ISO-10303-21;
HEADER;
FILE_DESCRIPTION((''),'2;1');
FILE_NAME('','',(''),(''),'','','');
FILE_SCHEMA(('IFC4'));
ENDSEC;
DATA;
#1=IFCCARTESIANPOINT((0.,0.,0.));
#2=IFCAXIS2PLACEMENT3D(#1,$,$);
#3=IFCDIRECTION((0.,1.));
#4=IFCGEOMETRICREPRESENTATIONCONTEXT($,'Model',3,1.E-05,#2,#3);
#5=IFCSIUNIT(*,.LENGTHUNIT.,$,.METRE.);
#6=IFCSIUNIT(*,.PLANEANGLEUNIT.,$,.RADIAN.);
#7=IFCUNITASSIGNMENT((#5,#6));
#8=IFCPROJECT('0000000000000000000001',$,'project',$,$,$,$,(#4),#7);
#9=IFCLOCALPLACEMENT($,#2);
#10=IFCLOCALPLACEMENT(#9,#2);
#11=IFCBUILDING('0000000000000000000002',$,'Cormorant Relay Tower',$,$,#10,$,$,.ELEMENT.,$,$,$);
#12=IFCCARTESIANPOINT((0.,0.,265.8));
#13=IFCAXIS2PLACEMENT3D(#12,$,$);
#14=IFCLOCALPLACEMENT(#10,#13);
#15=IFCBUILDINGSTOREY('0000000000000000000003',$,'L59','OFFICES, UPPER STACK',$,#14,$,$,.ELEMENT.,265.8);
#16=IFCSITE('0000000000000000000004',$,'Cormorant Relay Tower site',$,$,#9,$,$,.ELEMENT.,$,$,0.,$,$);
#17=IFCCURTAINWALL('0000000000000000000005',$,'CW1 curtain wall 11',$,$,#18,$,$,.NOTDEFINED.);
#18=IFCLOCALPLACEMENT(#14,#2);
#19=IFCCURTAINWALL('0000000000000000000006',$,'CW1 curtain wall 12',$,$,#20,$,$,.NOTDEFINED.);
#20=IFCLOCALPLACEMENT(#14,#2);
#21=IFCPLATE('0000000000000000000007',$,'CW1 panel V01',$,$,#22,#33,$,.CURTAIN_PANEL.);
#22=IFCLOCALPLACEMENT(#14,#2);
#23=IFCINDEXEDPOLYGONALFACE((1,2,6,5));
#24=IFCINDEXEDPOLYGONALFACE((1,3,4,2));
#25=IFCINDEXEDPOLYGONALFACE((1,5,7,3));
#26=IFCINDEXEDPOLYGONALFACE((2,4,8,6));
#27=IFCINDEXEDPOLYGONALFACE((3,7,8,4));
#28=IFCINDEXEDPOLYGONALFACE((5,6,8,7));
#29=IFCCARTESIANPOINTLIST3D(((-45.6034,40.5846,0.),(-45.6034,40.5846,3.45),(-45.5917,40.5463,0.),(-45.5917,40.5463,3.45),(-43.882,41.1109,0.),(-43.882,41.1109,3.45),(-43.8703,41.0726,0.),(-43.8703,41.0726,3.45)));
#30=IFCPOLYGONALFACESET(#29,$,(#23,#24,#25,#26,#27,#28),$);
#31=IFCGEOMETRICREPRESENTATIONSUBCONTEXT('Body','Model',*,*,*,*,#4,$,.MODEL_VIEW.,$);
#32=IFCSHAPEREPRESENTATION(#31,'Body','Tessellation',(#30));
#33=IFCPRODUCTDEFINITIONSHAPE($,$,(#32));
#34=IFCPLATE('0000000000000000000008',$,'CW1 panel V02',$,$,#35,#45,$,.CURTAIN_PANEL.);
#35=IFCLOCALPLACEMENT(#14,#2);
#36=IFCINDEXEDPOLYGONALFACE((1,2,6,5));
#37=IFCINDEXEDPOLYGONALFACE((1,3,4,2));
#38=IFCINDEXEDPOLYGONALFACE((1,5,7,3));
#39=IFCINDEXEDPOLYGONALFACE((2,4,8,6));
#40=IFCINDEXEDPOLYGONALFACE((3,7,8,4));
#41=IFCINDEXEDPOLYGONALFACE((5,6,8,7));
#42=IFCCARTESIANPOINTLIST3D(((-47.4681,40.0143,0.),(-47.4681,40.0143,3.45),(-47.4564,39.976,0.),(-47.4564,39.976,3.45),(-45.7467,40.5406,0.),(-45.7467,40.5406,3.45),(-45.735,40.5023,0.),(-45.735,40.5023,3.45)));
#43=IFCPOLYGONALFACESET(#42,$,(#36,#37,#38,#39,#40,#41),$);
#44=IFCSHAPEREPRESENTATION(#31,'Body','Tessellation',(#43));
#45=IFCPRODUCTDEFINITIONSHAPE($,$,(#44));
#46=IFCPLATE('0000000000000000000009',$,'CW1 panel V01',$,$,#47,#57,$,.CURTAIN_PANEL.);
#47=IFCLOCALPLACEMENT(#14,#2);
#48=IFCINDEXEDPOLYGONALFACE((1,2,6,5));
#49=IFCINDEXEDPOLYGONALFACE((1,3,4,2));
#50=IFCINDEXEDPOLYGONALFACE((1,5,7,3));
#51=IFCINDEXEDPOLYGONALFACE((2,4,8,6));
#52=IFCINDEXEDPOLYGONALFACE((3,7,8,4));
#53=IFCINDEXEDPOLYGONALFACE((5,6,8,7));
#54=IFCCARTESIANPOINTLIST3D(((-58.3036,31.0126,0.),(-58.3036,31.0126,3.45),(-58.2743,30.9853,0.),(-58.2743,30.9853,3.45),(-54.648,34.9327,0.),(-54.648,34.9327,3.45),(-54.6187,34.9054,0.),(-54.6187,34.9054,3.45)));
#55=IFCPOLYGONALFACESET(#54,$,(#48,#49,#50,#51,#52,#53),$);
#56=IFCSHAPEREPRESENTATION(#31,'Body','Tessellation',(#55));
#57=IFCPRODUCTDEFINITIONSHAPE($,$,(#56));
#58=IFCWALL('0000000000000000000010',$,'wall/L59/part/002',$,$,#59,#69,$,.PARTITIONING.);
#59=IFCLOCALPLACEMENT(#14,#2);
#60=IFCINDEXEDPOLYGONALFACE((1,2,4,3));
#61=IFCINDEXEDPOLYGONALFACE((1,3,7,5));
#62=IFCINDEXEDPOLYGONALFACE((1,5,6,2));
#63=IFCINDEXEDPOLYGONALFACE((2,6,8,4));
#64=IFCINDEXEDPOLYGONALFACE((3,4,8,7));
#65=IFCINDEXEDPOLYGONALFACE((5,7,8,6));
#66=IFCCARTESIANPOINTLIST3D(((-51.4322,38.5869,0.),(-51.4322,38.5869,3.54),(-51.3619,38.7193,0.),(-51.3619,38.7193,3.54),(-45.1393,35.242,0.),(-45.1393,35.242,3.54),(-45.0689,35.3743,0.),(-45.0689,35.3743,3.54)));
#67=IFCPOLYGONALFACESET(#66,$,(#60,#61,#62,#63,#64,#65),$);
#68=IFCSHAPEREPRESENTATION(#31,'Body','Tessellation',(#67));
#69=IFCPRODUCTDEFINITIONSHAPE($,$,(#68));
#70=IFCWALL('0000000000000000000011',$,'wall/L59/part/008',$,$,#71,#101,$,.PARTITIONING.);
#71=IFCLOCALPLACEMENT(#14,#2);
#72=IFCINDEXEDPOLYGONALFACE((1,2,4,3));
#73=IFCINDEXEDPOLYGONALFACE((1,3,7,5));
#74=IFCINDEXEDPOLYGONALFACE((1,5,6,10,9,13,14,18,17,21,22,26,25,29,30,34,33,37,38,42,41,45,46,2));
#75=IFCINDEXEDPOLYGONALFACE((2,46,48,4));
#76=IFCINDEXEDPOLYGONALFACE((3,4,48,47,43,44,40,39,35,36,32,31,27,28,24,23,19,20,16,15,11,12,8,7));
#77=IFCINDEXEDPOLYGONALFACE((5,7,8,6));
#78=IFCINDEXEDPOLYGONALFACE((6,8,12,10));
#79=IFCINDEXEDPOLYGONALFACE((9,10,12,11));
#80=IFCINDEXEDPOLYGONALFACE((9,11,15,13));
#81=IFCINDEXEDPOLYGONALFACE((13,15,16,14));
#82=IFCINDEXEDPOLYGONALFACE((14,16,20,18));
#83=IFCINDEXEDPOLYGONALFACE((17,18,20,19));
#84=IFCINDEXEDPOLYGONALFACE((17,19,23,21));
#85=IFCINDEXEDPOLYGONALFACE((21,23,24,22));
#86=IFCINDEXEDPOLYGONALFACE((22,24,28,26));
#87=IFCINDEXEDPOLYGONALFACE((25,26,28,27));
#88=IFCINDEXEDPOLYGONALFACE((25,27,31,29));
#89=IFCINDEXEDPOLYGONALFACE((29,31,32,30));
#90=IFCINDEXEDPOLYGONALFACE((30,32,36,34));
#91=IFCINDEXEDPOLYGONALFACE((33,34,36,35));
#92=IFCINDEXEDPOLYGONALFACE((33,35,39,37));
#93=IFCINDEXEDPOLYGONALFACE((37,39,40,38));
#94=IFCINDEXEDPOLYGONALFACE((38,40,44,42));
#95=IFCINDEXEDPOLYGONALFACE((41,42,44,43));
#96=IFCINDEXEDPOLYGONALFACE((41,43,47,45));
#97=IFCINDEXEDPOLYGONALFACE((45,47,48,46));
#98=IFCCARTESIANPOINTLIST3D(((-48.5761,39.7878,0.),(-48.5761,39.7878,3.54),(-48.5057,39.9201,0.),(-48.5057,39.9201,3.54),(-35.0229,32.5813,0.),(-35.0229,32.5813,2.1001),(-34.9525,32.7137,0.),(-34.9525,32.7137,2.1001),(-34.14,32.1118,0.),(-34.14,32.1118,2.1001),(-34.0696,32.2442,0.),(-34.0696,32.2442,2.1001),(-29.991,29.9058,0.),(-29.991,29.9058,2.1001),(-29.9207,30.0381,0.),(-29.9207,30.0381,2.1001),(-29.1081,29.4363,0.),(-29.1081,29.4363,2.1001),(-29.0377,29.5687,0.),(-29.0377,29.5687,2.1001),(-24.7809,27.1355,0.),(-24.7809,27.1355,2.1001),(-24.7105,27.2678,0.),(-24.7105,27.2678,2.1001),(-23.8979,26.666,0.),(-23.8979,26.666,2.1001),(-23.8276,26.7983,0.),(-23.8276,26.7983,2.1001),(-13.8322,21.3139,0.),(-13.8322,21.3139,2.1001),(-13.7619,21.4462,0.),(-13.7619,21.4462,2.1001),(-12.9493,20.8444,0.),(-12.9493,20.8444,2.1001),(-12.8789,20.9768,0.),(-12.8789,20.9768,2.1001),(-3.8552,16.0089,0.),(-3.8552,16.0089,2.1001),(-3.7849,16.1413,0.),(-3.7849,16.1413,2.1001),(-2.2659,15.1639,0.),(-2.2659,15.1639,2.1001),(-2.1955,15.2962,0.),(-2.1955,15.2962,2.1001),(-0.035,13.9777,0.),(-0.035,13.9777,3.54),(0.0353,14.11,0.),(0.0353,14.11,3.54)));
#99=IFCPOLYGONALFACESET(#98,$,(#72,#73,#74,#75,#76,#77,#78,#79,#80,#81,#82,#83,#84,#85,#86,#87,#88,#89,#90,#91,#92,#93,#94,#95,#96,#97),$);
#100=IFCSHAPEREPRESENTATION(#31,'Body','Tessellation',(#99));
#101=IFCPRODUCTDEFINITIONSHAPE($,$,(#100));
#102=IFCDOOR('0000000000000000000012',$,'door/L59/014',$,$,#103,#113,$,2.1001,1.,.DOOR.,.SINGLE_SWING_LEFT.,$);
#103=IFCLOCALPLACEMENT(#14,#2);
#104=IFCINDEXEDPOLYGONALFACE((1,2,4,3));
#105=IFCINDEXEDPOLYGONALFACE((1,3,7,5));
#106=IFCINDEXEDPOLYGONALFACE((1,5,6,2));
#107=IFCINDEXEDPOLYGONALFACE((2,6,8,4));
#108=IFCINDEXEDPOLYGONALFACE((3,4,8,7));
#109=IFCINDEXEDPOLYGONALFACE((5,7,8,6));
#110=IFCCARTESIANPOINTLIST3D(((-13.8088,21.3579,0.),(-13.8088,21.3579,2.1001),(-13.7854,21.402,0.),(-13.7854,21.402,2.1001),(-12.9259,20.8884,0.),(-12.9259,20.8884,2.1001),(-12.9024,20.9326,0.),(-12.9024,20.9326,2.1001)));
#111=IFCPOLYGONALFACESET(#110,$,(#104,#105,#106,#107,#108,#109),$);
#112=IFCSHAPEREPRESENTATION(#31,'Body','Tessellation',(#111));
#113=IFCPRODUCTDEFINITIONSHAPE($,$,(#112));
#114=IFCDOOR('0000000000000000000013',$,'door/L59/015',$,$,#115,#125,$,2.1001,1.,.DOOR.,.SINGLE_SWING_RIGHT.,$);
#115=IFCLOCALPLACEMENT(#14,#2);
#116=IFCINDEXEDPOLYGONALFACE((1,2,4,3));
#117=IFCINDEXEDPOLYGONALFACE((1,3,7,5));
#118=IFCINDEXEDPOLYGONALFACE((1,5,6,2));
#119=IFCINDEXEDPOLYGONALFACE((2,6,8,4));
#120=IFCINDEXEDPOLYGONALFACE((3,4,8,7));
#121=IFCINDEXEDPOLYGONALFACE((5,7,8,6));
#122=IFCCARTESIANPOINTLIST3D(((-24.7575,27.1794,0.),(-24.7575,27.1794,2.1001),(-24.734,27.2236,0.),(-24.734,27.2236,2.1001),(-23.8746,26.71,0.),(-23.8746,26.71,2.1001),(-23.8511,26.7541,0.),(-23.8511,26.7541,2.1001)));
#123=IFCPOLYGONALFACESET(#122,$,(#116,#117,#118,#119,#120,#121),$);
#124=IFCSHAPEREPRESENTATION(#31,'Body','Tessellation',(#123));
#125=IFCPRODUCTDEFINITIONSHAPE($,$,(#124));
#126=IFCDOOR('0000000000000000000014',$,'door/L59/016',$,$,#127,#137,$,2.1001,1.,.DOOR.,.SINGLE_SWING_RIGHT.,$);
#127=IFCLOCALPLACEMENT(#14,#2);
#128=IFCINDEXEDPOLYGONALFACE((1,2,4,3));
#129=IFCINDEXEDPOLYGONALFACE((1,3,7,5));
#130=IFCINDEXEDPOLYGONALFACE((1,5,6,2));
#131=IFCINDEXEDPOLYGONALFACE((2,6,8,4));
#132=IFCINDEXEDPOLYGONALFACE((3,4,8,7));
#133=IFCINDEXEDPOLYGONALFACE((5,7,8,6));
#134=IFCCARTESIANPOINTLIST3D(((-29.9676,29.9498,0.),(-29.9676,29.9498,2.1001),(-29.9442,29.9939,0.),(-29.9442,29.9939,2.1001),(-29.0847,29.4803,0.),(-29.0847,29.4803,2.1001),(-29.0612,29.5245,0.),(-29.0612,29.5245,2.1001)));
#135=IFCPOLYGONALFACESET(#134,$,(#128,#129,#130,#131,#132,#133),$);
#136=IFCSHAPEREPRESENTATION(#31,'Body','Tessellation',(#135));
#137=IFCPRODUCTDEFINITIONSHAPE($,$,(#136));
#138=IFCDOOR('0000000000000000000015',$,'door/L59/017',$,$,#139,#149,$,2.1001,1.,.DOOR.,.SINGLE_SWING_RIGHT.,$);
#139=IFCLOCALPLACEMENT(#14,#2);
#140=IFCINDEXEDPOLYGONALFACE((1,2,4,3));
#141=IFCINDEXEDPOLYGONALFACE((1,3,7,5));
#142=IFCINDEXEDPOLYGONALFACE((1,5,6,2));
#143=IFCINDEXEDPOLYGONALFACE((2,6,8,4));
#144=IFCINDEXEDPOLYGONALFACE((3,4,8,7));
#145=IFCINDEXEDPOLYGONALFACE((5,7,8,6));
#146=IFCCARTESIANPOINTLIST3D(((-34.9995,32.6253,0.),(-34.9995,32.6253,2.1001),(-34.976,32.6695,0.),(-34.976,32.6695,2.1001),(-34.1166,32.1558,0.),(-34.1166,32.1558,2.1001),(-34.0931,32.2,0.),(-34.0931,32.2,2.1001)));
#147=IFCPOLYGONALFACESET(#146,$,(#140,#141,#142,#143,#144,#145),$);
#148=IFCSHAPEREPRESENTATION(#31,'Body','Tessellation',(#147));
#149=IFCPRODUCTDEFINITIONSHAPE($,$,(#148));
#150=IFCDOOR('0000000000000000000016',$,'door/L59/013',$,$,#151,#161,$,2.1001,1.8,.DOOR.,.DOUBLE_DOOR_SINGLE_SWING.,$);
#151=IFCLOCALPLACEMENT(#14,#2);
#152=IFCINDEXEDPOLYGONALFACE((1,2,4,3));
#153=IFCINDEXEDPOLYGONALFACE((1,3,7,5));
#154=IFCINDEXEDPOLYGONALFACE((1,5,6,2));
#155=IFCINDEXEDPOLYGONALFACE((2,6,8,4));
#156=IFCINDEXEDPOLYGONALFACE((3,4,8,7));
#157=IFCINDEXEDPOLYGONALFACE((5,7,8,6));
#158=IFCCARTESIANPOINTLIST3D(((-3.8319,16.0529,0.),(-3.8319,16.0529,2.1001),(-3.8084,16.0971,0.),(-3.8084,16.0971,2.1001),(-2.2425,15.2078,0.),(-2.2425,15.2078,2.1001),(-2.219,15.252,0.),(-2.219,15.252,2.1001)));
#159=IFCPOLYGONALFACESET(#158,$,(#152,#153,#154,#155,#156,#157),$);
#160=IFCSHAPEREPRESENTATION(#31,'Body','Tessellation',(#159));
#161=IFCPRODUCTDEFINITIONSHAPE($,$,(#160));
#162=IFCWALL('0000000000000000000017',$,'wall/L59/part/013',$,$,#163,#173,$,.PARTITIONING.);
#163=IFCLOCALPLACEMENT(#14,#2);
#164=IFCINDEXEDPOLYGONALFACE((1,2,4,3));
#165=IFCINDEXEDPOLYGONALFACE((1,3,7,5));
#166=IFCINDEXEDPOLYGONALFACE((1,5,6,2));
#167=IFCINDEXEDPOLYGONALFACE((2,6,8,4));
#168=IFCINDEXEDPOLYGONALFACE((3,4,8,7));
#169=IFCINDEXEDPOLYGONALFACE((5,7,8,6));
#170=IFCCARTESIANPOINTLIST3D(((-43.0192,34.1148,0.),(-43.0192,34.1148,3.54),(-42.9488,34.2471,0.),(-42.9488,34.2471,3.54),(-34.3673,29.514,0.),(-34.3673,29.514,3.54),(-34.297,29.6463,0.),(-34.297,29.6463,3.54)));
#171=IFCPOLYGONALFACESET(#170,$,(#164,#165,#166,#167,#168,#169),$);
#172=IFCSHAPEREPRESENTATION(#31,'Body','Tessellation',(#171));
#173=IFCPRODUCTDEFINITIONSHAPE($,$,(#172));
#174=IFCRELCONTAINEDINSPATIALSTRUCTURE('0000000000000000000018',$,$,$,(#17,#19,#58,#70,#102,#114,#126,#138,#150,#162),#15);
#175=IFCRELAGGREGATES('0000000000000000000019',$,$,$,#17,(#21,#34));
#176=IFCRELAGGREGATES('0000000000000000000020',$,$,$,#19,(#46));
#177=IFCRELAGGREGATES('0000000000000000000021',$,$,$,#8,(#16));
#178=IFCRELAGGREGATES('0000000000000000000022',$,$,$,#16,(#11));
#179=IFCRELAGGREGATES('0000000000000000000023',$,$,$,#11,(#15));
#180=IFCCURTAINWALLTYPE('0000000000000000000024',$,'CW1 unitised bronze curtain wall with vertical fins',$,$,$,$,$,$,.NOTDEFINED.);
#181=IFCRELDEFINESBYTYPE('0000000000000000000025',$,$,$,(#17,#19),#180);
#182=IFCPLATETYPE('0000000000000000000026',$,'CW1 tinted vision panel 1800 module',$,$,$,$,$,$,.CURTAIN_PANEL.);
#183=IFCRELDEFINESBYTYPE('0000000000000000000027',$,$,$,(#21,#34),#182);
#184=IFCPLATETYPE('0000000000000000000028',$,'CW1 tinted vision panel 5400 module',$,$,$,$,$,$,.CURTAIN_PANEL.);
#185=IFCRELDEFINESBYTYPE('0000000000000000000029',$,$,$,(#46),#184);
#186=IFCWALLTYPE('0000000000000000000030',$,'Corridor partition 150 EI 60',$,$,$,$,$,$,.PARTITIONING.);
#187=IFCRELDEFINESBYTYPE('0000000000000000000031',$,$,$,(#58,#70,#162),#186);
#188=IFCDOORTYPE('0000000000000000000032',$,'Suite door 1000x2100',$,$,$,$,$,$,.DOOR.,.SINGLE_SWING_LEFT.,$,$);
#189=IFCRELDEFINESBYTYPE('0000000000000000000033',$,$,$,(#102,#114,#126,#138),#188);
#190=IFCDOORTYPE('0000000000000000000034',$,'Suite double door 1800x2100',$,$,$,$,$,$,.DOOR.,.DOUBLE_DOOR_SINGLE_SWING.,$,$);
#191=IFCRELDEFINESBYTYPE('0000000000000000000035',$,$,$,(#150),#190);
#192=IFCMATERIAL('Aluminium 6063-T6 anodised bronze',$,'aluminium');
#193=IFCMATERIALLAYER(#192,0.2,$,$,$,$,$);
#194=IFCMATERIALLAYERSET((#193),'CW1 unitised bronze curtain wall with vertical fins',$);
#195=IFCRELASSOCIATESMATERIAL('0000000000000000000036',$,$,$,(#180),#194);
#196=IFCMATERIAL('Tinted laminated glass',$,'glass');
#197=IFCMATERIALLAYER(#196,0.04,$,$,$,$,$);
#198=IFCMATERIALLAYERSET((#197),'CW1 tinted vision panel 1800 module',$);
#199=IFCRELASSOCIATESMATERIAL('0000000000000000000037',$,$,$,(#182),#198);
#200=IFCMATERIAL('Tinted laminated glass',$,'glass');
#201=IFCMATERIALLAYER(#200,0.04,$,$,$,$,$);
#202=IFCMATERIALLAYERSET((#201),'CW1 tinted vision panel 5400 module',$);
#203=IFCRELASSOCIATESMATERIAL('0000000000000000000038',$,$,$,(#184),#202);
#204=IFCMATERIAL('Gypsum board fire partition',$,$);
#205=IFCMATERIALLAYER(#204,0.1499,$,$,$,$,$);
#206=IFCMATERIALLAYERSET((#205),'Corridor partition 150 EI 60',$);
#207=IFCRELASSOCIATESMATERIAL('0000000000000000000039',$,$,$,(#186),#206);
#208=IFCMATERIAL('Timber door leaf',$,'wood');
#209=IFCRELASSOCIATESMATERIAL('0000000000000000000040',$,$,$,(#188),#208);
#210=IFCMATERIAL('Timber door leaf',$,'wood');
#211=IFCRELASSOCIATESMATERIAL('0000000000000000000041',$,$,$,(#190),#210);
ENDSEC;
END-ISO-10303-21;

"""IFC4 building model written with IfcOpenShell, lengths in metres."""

from ifc_helpers import new_model, si_unit, direction, frame, frame_2d, origin, origin_2d, place, context, subcontext, project, spatial, rectangle, extrude, material, layer, layer_set, type_object, element, fill, aggregate, save


model = new_model("IFC4")

# Units and contexts
model_context = context("Model", 3, precision=1e-05, world=origin(), true_north=direction((0.0, 1.0)))
body_context = subcontext(model_context, "Body", "Model", "MODEL_VIEW")
ifc_project = project(units=[si_unit("LENGTHUNIT", "METRE"), si_unit("PLANEANGLEUNIT", "RADIAN")], contexts=[model_context])

# Site, building, storey
site_placement = place(None, origin())
site = spatial("IfcSite", under=ifc_project, at=site_placement, Name="Cormorant Relay Tower site", CompositionType="ELEMENT", RefElevation=0.0)
building_placement = place(site_placement, origin())
building = spatial("IfcBuilding", under=site, at=building_placement, Name="Cormorant Relay Tower", CompositionType="ELEMENT")
storey_placement = place(building_placement, frame((0.0, 0.0, 265.8)))
storey = spatial("IfcBuildingStorey", under=building, at=storey_placement, Name="L59", Description="OFFICES, UPPER STACK", CompositionType="ELEMENT", Elevation=265.8)

# Curtain walls
ifc_material_1 = material(Name="Aluminium 6063-T6 anodised bronze", Category="aluminium")
ifc_layer_1 = layer(ifc_material_1, 0.2)
ifc_layer_set_1 = layer_set([ifc_layer_1], Name="CW1 unitised bronze curtain wall with vertical fins")
curtain_wall_type = type_object("IfcCurtainWallType", Name="CW1 unitised bronze curtain wall with vertical fins", PredefinedType="NOTDEFINED", material=ifc_layer_set_1)
curtain_wall_1_placement = place(storey_placement, origin())
curtain_wall_1 = element("IfcCurtainWall", 1, at=curtain_wall_1_placement, inside=storey, type_object=curtain_wall_type, Name="CW1 curtain wall 11", PredefinedType="NOTDEFINED")
curtain_wall_2_placement = place(storey_placement, origin())
curtain_wall_2 = element("IfcCurtainWall", 2, at=curtain_wall_2_placement, inside=storey, type_object=curtain_wall_type, Name="CW1 curtain wall 12", PredefinedType="NOTDEFINED")

# Plates
ifc_material_2 = material(Name="Tinted laminated glass", Category="glass")
ifc_layer_2 = layer(ifc_material_2, 0.04)
ifc_layer_set_2 = layer_set([ifc_layer_2], Name="CW1 tinted vision panel 1800 module")
plate_type_1 = type_object("IfcPlateType", Name="CW1 tinted vision panel 1800 module", PredefinedType="CURTAIN_PANEL", material=ifc_layer_set_2)
plate_1_placement = place(storey_placement, frame((-44.7368, 40.8286, 0.0), z_axis=(0.0, 0.0, 1.0), x_axis=(-0.956305, -0.292372, 0.0)))
plate_1 = element("IfcPlate", 3, at=plate_1_placement, type_object=plate_type_1, Name="CW1 panel V01", PredefinedType="CURTAIN_PANEL", context=body_context, shape_type="SweptSolid", body=[
    extrude(rectangle(XDim=1.8, YDim=0.04, at=origin_2d()), origin(), (0.0, 0.0, 1.0), 3.45),
])
plate_2_placement = place(storey_placement, frame((-46.6016, 40.2583, 0.0), z_axis=(0.0, 0.0, 1.0), x_axis=(-0.956305, -0.292372, 0.0)))
plate_2 = element("IfcPlate", 4, at=plate_2_placement, type_object=plate_type_1, Name="CW1 panel V02", PredefinedType="CURTAIN_PANEL", context=body_context, shape_type="SweptSolid", body=[
    extrude(rectangle(XDim=1.8, YDim=0.04, at=origin_2d()), origin(), (0.0, 0.0, 1.0), 3.45),
])
ifc_material_3 = material(Name="Tinted laminated glass", Category="glass")
ifc_layer_3 = layer(ifc_material_3, 0.04)
ifc_layer_set_3 = layer_set([ifc_layer_3], Name="CW1 tinted vision panel 5400 module")
plate_type_2 = type_object("IfcPlateType", Name="CW1 tinted vision panel 5400 module", PredefinedType="CURTAIN_PANEL", material=ifc_layer_set_3)
plate_3_placement = place(storey_placement, frame((-56.4612, 32.959, 0.0), z_axis=(0.0, 0.0, 1.0), x_axis=(-0.681998, -0.731354, 0.0)))
plate_3 = element("IfcPlate", 5, at=plate_3_placement, type_object=plate_type_2, Name="CW1 panel V01", PredefinedType="CURTAIN_PANEL", context=body_context, shape_type="SweptSolid", body=[
    extrude(rectangle(XDim=5.3601, YDim=0.04, at=origin_2d()), origin(), (0.0, 0.0, 1.0), 3.45),
])

# Wall
ifc_material_4 = material(Name="Gypsum board fire partition")
ifc_layer_4 = layer(ifc_material_4, 0.1499)
ifc_layer_set_4 = layer_set([ifc_layer_4], Name="Corridor partition 150 EI 60")
wall_type_1 = type_object("IfcWallType", Name="Corridor partition 150 EI 60", PredefinedType="PARTITIONING", material=ifc_layer_set_4)
wall_1_placement = place(storey_placement, frame((-45.104, 35.3081, 0.0), z_axis=(0.0, 0.0, 1.0), x_axis=(-0.883009, 0.469356, 0.0)))
element("IfcWall", 6, at=wall_1_placement, inside=storey, type_object=wall_type_1, Name="wall/L59/part/002", PredefinedType="PARTITIONING", context=body_context, shape_type="SweptSolid", body=[
    extrude(rectangle(XDim=7.1267, YDim=0.1499, at=frame_2d((3.5635, 0.0))), origin(), (0.0, 0.0, 1.0), 3.54),
])

# Wall, openings, doors
wall_2_placement = place(storey_placement, frame((-48.541, 39.854, 0.0), z_axis=(0.0, 0.0, 1.0), x_axis=(0.882945, -0.469476, 0.0)))
wall_2 = element("IfcWall", 7, at=wall_2_placement, inside=storey, type_object=wall_type_1, Name="wall/L59/part/008", PredefinedType="PARTITIONING", context=body_context, shape_type="SweptSolid", body=[
    extrude(rectangle(XDim=54.9763, YDim=0.1499, at=frame_2d((27.4883, 0.0))), origin(), (0.0, 0.0, 1.0), 3.54),
])
opening_1_placement = place(wall_2_placement, frame((50.6499, 0.0, 0.0)))
opening_1 = element("IfcOpeningElement", 8, at=opening_1_placement, cuts=wall_2, PredefinedType="OPENING", context=body_context, shape_type="SweptSolid", body=[
    extrude(rectangle(XDim=1.8, YDim=2.1001, at=frame_2d((0.8999, 1.05))), frame((0.0, 0.085, 0.0), z_axis=(0.0, -1.0, 0.0), x_axis=(1.0, 0.0, 0.0)), (0.0, 0.0, 1.0), 0.1699),
])
opening_2_placement = place(wall_2_placement, frame((39.3501, 0.0, 0.0)))
opening_2 = element("IfcOpeningElement", 9, at=opening_2_placement, cuts=wall_2, PredefinedType="OPENING", context=body_context, shape_type="SweptSolid", body=[
    extrude(rectangle(XDim=1.0, YDim=2.1001, at=frame_2d((0.5, 1.05))), frame((0.0, 0.085, 0.0), z_axis=(0.0, -1.0, 0.0), x_axis=(1.0, 0.0, 0.0)), (0.0, 0.0, 1.0), 0.1699),
])
opening_3_placement = place(wall_2_placement, frame((26.95, 0.0, 0.0)))
opening_3 = element("IfcOpeningElement", 10, at=opening_3_placement, cuts=wall_2, PredefinedType="OPENING", context=body_context, shape_type="SweptSolid", body=[
    extrude(rectangle(XDim=1.0, YDim=2.1001, at=frame_2d((0.5, 1.05))), frame((0.0, 0.085, 0.0), z_axis=(0.0, -1.0, 0.0), x_axis=(1.0, 0.0, 0.0)), (0.0, 0.0, 1.0), 0.1699),
])
opening_4_placement = place(wall_2_placement, frame((21.0491, 0.0, 0.0)))
opening_4 = element("IfcOpeningElement", 11, at=opening_4_placement, cuts=wall_2, PredefinedType="OPENING", context=body_context, shape_type="SweptSolid", body=[
    extrude(rectangle(XDim=1.0, YDim=2.1001, at=frame_2d((0.5, 1.05))), frame((0.0, 0.085, 0.0), z_axis=(0.0, -1.0, 0.0), x_axis=(1.0, 0.0, 0.0)), (0.0, 0.0, 1.0), 0.1699),
])
opening_5_placement = place(wall_2_placement, frame((15.3501, 0.0, 0.0)))
opening_5 = element("IfcOpeningElement", 12, at=opening_5_placement, cuts=wall_2, PredefinedType="OPENING", context=body_context, shape_type="SweptSolid", body=[
    extrude(rectangle(XDim=1.0, YDim=2.1001, at=frame_2d((0.5, 1.05))), frame((0.0, 0.085, 0.0), z_axis=(0.0, -1.0, 0.0), x_axis=(1.0, 0.0, 0.0)), (0.0, 0.0, 1.0), 0.1699),
])
ifc_material_5 = material(Name="Timber door leaf", Category="wood")
door_type_1 = type_object("IfcDoorType", Name="Suite door 1000x2100", OperationType="SINGLE_SWING_LEFT", PredefinedType="DOOR", material=ifc_material_5)
door_1_placement = place(opening_2_placement, origin())
door_1 = element("IfcDoor", 13, at=door_1_placement, inside=storey, type_object=door_type_1, Name="door/L59/014", OperationType="SINGLE_SWING_LEFT", OverallHeight=2.1001, OverallWidth=1.0, PredefinedType="DOOR", context=body_context, shape_type="SweptSolid", body=[
    extrude(rectangle(XDim=1.0, YDim=2.1001, at=frame_2d((0.5, 1.05))), frame((0.0, 0.0249, 0.0), z_axis=(0.0, -1.0, 0.0), x_axis=(1.0, 0.0, 0.0)), (0.0, 0.0, 1.0), 0.05),
])
fill(opening_2, door_1)
door_2_placement = place(opening_3_placement, origin())
door_2 = element("IfcDoor", 14, at=door_2_placement, inside=storey, type_object=door_type_1, Name="door/L59/015", OperationType="SINGLE_SWING_RIGHT", OverallHeight=2.1001, OverallWidth=1.0, PredefinedType="DOOR", context=body_context, shape_type="SweptSolid", body=[
    extrude(rectangle(XDim=1.0, YDim=2.1001, at=frame_2d((0.5, 1.05))), frame((0.0, 0.0249, 0.0), z_axis=(0.0, -1.0, 0.0), x_axis=(1.0, 0.0, 0.0)), (0.0, 0.0, 1.0), 0.05),
])
fill(opening_3, door_2)
door_3_placement = place(opening_4_placement, origin())
door_3 = element("IfcDoor", 15, at=door_3_placement, inside=storey, type_object=door_type_1, Name="door/L59/016", OperationType="SINGLE_SWING_RIGHT", OverallHeight=2.1001, OverallWidth=1.0, PredefinedType="DOOR", context=body_context, shape_type="SweptSolid", body=[
    extrude(rectangle(XDim=1.0, YDim=2.1001, at=frame_2d((0.5, 1.05))), frame((0.0, 0.0249, 0.0), z_axis=(0.0, -1.0, 0.0), x_axis=(1.0, 0.0, 0.0)), (0.0, 0.0, 1.0), 0.05),
])
fill(opening_4, door_3)
door_4_placement = place(opening_5_placement, origin())
door_4 = element("IfcDoor", 16, at=door_4_placement, inside=storey, type_object=door_type_1, Name="door/L59/017", OperationType="SINGLE_SWING_RIGHT", OverallHeight=2.1001, OverallWidth=1.0, PredefinedType="DOOR", context=body_context, shape_type="SweptSolid", body=[
    extrude(rectangle(XDim=1.0, YDim=2.1001, at=frame_2d((0.5, 1.05))), frame((0.0, 0.0249, 0.0), z_axis=(0.0, -1.0, 0.0), x_axis=(1.0, 0.0, 0.0)), (0.0, 0.0, 1.0), 0.05),
])
fill(opening_5, door_4)
ifc_material_6 = material(Name="Timber door leaf", Category="wood")
door_type_2 = type_object("IfcDoorType", Name="Suite double door 1800x2100", OperationType="DOUBLE_DOOR_SINGLE_SWING", PredefinedType="DOOR", material=ifc_material_6)
door_5_placement = place(opening_1_placement, origin())
door_5 = element("IfcDoor", 17, at=door_5_placement, inside=storey, type_object=door_type_2, Name="door/L59/013", OperationType="DOUBLE_DOOR_SINGLE_SWING", OverallHeight=2.1001, OverallWidth=1.8, PredefinedType="DOOR", context=body_context, shape_type="SweptSolid", body=[
    extrude(rectangle(XDim=1.8, YDim=2.1001, at=frame_2d((0.8999, 1.05))), frame((0.0, 0.0249, 0.0), z_axis=(0.0, -1.0, 0.0), x_axis=(1.0, 0.0, 0.0)), (0.0, 0.0, 1.0), 0.05),
])
fill(opening_1, door_5)

# Wall
wall_3_placement = place(storey_placement, frame((-42.9839, 34.1809, 0.0), z_axis=(0.0, 0.0, 1.0), x_axis=(0.882924, -0.469516, 0.0)))
element("IfcWall", 18, at=wall_3_placement, inside=storey, type_object=wall_type_1, Name="wall/L59/part/013", PredefinedType="PARTITIONING", context=body_context, shape_type="SweptSolid", body=[
    extrude(rectangle(XDim=9.7991, YDim=0.1499, at=frame_2d((4.8994, 0.0))), origin(), (0.0, 0.0, 1.0), 3.54),
])

aggregate(curtain_wall_1, [plate_1, plate_2])
aggregate(curtain_wall_2, [plate_3])

save(model, "model.ifc")
